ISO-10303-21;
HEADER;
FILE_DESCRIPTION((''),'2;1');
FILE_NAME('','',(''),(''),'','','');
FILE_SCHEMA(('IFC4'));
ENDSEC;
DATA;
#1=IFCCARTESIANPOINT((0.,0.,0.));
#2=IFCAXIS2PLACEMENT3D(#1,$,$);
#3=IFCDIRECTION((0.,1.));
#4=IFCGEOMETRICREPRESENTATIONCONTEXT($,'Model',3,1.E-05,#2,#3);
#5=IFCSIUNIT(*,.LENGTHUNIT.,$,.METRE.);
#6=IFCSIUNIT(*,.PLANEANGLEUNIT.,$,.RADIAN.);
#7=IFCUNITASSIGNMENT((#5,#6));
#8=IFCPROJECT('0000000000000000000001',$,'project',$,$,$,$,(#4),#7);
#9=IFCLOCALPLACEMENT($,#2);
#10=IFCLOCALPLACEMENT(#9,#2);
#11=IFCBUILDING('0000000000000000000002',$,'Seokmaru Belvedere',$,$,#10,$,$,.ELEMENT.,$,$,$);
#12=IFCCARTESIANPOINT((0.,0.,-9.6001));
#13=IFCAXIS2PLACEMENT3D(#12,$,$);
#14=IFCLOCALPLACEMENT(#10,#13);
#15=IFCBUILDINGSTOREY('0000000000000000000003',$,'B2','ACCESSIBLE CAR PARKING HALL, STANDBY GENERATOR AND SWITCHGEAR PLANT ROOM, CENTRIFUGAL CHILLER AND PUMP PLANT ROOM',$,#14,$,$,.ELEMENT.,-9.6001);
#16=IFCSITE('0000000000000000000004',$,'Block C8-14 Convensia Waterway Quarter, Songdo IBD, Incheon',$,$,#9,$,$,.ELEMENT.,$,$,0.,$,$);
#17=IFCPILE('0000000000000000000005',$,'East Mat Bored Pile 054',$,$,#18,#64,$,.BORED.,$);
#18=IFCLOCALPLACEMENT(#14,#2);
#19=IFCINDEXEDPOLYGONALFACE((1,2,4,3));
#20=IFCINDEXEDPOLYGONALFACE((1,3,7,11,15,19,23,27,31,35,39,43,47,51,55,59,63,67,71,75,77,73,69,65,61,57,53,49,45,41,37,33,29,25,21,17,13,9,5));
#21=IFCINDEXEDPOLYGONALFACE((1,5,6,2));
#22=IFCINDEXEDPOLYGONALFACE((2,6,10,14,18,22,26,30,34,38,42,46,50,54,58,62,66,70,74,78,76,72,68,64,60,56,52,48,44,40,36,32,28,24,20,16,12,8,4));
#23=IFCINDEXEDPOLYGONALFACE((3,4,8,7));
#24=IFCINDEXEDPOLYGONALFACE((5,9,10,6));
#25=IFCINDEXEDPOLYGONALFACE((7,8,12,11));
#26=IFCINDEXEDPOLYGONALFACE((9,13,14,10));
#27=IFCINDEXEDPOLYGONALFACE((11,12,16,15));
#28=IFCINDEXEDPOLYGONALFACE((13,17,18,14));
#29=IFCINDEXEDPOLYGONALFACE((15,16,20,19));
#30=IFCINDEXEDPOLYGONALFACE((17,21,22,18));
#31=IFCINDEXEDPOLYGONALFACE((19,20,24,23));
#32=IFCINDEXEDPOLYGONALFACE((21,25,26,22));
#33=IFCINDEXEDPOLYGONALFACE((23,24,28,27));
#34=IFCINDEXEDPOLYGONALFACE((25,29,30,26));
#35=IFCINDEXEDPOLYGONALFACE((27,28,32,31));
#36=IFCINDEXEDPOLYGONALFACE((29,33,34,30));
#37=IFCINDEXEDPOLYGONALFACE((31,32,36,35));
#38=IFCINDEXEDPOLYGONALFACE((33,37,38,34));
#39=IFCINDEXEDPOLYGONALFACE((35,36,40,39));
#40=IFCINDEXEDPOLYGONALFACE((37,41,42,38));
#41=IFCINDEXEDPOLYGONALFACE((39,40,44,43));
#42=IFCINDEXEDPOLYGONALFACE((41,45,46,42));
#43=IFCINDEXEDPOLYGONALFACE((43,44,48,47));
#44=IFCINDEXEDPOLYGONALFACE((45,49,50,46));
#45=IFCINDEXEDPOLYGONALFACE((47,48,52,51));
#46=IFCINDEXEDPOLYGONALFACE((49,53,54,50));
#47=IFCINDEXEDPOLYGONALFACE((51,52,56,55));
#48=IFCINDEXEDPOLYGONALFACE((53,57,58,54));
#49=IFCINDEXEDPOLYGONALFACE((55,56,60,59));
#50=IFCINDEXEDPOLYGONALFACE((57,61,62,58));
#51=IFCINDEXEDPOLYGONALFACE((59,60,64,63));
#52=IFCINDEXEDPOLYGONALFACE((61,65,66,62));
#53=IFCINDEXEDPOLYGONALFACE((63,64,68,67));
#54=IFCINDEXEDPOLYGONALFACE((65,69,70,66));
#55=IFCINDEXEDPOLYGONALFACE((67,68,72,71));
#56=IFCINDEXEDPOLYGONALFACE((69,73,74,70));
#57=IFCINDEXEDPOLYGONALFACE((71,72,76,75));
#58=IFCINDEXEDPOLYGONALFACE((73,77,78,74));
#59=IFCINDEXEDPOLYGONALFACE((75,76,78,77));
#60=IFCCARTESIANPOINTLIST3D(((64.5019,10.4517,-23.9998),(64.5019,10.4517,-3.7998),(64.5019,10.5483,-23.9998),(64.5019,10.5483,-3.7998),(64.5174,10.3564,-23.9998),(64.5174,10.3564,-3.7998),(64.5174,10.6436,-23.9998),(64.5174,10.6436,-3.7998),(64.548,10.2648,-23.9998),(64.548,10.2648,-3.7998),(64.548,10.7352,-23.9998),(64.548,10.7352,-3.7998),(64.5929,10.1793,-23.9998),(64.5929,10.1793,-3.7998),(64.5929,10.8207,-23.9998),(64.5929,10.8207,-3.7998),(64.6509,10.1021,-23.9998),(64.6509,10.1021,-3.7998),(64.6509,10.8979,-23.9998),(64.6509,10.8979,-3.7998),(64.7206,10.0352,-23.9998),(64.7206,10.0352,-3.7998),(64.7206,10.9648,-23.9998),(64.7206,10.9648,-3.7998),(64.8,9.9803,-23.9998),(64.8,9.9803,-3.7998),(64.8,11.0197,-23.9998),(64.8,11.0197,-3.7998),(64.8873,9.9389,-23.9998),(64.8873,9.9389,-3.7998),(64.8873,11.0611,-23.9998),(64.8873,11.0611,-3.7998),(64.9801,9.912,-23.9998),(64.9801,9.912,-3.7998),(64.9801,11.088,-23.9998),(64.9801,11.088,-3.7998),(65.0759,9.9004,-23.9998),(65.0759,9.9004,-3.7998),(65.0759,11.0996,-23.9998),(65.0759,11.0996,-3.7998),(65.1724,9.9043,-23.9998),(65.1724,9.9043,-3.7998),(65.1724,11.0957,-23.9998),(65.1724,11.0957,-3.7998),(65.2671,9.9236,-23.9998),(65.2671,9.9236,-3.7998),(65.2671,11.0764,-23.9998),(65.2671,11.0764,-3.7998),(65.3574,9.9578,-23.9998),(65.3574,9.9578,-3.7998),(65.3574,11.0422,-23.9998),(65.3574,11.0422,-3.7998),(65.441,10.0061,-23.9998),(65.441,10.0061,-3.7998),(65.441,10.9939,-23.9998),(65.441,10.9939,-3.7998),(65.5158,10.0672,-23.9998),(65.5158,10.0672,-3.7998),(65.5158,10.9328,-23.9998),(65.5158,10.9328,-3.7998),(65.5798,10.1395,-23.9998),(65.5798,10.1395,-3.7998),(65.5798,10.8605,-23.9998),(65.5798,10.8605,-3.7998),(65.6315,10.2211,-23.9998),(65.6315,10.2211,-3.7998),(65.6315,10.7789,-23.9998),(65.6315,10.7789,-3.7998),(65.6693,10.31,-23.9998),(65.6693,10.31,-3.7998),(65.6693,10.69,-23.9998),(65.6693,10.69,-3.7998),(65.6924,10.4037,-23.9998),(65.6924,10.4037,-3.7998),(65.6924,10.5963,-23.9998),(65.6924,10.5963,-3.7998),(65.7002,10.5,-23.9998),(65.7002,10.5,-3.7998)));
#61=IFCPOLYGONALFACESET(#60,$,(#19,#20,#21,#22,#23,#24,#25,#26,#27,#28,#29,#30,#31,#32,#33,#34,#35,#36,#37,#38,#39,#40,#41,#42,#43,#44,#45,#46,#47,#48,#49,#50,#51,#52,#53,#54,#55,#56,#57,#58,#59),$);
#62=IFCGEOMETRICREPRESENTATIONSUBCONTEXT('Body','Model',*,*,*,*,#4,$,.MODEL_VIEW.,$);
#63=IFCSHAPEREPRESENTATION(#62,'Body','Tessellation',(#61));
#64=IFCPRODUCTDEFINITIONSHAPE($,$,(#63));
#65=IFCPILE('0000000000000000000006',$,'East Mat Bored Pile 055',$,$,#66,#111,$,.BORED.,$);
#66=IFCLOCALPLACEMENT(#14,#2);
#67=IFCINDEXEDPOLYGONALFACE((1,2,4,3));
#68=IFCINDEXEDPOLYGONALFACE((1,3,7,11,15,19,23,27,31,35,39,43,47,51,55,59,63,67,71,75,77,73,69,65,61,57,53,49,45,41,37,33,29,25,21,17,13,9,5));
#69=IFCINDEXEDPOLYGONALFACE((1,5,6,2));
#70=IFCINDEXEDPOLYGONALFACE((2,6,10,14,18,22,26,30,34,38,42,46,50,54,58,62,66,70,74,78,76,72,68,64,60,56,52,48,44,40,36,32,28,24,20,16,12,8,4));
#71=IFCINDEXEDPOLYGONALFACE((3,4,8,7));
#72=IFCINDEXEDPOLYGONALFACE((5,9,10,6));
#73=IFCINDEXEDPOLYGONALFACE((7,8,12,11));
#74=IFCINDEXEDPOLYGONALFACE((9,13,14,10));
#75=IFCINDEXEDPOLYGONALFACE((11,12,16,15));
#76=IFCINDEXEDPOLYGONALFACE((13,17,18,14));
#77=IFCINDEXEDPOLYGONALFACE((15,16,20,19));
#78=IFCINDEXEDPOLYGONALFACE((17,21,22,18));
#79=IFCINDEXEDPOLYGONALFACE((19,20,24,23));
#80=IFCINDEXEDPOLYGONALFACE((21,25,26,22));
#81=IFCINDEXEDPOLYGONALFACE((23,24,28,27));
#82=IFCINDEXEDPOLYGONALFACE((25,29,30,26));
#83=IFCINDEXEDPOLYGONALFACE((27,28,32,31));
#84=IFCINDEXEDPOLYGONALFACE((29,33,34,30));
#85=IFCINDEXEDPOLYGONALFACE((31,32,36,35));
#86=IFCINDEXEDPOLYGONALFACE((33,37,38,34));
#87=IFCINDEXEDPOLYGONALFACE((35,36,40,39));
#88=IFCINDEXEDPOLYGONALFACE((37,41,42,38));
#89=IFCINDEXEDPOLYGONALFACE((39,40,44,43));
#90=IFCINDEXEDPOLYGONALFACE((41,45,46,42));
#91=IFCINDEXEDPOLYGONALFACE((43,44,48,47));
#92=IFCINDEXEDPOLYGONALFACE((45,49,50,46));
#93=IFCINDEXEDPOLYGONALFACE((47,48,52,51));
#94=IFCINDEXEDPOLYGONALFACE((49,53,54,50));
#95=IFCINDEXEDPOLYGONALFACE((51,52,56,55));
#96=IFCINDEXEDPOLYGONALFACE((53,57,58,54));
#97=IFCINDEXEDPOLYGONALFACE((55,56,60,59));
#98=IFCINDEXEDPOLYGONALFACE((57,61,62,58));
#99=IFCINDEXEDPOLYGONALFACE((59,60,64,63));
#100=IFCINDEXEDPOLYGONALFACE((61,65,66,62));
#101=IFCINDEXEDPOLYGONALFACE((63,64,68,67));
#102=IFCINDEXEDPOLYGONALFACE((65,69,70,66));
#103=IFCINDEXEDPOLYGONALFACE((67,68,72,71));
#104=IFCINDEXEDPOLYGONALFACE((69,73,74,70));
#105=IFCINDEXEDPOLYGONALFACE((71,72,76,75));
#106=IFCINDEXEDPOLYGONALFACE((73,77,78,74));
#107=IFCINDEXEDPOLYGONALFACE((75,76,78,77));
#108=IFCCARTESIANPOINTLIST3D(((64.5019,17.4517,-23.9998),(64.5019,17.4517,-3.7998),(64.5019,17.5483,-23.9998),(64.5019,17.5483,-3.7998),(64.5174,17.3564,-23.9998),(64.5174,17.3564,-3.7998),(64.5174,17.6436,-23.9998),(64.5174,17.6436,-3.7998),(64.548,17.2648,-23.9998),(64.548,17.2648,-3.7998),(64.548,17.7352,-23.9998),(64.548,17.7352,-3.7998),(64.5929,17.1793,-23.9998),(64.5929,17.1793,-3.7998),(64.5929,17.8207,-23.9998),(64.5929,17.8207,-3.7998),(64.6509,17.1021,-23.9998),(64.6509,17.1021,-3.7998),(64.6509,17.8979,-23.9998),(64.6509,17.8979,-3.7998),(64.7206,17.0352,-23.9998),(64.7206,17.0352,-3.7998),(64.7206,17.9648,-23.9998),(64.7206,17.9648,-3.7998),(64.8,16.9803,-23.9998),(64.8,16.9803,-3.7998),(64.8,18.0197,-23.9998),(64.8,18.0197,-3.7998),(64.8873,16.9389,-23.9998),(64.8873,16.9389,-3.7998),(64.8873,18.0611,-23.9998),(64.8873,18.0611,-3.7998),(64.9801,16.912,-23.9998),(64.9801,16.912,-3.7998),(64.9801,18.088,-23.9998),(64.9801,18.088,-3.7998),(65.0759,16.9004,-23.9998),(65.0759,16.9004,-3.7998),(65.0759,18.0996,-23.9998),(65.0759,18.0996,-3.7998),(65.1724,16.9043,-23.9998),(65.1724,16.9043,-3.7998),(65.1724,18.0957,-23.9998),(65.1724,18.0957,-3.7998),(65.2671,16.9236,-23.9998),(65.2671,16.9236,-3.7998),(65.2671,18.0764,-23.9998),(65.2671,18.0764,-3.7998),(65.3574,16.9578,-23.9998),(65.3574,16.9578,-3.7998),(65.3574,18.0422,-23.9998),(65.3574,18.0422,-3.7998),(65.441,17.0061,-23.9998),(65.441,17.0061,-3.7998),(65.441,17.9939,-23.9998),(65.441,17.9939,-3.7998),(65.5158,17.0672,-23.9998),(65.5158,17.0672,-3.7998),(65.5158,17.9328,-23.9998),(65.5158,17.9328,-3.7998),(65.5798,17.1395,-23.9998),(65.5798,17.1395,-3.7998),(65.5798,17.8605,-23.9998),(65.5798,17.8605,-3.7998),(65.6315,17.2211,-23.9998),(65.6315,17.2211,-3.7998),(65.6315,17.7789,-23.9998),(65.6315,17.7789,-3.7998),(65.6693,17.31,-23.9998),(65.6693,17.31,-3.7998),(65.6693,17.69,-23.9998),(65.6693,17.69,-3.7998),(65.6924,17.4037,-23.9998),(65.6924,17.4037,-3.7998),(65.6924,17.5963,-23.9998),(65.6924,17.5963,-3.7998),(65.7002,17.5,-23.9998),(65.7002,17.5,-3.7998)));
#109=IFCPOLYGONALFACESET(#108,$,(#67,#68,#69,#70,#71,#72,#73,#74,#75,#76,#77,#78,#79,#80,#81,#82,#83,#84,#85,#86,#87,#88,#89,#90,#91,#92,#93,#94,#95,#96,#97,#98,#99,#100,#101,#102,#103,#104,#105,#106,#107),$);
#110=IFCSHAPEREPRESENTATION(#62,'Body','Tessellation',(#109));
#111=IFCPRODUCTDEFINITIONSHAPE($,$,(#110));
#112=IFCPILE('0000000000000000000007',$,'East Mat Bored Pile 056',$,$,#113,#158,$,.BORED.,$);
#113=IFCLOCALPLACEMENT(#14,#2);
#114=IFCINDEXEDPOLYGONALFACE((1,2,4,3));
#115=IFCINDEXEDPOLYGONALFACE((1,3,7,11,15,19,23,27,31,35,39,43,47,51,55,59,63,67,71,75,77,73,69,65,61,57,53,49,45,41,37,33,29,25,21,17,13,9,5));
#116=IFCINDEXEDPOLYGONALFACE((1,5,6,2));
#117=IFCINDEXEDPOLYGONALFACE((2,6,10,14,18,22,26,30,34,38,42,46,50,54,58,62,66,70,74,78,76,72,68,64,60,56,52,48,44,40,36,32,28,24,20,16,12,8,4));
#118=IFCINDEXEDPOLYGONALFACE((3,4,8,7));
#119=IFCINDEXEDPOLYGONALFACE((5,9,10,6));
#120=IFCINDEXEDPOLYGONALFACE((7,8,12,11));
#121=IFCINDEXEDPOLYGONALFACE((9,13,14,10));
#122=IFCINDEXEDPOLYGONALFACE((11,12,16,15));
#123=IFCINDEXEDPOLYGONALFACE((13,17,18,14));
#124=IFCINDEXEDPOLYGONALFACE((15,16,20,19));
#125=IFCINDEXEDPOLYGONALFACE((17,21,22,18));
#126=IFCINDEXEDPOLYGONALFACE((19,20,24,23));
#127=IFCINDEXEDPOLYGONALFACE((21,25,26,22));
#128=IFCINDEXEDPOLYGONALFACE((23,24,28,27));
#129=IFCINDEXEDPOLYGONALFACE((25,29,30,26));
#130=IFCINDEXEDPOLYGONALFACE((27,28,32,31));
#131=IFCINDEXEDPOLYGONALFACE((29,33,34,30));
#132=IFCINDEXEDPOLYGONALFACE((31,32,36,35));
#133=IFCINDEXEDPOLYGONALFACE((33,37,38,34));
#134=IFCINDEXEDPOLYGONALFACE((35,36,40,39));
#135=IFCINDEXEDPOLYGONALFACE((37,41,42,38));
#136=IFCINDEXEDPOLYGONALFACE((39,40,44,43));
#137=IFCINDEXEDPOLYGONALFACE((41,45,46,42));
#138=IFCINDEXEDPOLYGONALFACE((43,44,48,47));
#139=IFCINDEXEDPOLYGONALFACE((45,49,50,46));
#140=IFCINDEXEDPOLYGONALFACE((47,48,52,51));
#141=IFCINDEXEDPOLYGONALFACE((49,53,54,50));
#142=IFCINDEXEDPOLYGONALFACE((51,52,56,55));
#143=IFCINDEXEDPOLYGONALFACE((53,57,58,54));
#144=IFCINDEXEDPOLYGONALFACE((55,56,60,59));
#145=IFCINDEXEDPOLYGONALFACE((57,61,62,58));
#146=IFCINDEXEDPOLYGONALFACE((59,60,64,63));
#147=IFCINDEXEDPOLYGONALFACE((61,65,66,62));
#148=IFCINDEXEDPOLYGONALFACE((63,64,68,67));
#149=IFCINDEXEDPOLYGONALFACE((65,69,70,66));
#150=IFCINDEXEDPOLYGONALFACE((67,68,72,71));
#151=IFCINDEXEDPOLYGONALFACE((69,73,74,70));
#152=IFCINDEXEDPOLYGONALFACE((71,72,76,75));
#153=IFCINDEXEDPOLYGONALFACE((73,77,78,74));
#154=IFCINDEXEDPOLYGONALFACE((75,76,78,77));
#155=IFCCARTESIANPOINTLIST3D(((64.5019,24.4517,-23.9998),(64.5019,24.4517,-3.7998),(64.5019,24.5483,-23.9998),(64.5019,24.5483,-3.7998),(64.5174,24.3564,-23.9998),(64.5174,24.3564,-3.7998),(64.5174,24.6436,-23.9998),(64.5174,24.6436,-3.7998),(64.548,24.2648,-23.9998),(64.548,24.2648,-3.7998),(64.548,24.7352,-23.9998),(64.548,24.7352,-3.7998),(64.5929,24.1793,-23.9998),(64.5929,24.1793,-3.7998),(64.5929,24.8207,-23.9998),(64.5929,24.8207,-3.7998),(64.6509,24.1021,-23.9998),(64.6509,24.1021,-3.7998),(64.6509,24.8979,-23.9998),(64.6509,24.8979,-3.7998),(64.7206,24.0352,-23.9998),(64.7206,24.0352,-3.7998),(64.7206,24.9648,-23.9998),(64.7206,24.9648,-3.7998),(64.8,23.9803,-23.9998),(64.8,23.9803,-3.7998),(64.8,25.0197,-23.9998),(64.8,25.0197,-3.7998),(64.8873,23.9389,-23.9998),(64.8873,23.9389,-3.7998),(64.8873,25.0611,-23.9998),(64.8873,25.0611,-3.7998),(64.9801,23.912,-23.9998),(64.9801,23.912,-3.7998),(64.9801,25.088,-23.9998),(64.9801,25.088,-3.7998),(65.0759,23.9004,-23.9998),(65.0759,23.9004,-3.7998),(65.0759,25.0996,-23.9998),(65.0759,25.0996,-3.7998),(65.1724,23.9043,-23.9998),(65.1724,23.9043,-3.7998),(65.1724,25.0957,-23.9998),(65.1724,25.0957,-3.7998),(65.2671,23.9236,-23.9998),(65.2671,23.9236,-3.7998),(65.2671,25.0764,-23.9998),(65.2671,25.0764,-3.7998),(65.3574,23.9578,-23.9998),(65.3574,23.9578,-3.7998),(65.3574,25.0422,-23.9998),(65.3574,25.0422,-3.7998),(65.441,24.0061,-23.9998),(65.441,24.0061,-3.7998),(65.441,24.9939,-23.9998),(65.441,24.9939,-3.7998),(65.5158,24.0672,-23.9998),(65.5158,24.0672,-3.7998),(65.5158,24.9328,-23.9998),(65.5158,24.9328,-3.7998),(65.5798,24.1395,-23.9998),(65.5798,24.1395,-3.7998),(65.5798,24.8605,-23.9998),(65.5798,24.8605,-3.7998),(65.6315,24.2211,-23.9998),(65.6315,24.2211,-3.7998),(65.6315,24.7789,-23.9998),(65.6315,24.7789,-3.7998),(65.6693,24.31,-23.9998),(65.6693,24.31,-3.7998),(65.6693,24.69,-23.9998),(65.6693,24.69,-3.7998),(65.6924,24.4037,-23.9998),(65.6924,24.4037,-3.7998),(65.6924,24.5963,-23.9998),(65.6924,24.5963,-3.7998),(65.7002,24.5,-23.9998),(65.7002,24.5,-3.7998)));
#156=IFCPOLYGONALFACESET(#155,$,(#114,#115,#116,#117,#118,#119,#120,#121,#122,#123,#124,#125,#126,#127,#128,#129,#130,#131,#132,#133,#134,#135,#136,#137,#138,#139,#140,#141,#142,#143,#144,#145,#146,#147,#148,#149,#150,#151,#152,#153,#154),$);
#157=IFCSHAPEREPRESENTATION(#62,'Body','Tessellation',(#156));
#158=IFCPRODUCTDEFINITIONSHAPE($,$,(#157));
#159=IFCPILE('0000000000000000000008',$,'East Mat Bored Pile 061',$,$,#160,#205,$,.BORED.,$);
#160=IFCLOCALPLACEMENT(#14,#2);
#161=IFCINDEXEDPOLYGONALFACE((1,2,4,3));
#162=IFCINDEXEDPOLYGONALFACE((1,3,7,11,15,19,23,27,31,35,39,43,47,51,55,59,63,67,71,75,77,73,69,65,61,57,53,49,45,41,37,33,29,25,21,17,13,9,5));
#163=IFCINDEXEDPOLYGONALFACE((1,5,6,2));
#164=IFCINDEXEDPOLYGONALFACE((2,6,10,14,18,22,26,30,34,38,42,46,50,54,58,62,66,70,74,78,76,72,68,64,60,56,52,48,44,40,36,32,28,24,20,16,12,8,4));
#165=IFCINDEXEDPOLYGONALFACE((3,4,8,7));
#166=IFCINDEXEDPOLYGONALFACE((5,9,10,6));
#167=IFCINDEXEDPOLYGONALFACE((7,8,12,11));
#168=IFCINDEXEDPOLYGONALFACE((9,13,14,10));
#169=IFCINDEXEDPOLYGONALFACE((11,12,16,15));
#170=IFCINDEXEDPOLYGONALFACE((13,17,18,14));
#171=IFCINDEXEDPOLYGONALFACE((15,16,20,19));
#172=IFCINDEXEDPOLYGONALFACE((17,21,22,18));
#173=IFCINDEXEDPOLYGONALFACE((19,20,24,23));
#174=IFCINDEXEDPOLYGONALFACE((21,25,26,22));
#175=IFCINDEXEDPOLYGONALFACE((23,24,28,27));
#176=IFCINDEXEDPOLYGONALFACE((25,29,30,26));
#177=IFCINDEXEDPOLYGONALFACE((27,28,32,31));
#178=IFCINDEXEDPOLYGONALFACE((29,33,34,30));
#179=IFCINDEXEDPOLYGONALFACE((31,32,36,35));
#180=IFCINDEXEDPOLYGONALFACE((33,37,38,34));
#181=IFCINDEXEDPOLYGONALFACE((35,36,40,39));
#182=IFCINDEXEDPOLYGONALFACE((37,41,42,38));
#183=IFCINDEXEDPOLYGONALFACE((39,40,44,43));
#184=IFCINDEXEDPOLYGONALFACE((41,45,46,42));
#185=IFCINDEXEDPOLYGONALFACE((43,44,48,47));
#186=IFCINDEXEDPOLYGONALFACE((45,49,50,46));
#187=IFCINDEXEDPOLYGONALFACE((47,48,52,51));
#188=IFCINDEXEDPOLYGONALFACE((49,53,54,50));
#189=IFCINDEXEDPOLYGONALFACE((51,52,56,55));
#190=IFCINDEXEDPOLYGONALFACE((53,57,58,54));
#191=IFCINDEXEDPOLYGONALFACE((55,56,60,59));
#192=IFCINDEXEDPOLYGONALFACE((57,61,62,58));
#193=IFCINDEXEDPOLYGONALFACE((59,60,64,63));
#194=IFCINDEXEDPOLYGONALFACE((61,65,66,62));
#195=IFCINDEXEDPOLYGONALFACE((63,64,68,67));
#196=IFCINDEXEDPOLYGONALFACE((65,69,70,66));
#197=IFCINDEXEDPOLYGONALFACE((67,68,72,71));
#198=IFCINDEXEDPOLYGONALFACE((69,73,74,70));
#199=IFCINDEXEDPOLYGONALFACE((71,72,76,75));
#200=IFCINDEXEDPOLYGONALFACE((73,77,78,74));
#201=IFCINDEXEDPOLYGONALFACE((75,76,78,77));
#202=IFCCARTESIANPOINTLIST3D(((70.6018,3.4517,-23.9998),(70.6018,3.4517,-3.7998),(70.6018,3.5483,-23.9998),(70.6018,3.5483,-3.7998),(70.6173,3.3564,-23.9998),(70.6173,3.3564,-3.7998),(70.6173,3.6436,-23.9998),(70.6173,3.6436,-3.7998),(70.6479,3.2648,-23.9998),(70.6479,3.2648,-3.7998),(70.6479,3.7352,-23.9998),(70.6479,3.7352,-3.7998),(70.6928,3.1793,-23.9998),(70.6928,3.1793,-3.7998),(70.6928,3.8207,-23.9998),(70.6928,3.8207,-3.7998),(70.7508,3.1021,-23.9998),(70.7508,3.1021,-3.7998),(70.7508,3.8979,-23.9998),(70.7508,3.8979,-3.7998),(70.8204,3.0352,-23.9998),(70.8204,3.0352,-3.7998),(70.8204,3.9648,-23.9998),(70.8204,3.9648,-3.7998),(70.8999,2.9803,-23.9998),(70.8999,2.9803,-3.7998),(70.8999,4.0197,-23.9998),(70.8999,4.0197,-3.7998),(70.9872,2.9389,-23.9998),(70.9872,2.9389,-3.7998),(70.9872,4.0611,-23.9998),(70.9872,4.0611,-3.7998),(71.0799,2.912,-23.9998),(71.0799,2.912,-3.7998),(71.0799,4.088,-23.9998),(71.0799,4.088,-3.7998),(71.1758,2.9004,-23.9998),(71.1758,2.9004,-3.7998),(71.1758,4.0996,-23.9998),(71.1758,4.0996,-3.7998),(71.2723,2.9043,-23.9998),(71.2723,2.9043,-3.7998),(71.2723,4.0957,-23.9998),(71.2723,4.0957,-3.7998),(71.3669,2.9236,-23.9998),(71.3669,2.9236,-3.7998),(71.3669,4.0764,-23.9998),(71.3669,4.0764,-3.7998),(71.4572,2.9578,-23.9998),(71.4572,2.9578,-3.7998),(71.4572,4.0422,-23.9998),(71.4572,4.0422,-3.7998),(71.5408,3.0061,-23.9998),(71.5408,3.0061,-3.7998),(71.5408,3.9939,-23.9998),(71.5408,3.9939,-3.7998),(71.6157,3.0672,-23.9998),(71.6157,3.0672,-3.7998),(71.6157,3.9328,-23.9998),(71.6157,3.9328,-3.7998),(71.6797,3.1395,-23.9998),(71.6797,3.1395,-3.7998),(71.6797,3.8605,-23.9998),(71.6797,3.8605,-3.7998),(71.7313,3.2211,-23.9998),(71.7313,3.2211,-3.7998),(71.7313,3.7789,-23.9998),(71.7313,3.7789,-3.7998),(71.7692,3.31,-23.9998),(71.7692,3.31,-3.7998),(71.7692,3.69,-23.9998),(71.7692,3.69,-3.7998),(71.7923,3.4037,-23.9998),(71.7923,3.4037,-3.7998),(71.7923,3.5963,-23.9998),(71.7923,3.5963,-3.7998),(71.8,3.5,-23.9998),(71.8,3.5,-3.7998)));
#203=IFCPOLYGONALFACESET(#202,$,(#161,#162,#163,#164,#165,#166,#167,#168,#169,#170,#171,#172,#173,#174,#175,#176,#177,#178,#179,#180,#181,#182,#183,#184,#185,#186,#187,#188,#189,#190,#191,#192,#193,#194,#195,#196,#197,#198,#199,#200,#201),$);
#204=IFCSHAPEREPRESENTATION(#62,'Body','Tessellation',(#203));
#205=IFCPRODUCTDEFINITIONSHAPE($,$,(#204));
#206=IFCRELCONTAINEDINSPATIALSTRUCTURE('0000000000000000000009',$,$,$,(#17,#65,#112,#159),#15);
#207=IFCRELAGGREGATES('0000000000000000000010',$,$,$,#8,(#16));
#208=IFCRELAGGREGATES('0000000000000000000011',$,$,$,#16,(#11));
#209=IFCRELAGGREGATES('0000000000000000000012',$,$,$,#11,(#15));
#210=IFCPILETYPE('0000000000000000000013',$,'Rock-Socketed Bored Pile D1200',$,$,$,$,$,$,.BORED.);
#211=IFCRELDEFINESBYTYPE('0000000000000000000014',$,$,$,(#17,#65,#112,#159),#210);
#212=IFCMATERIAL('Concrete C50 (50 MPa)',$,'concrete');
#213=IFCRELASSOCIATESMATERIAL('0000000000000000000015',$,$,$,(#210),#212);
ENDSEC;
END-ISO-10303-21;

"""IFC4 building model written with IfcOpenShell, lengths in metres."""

from ifc_helpers import new_model, si_unit, direction, frame, origin, origin_2d, place, context, subcontext, project, spatial, circle, extrude, source, transform, mapped, material, material_profile, profile_set, type_object, type_shapes, element, save


model = new_model("IFC4")

# Units and contexts
model_context = context("Model", 3, precision=1e-05, world=origin(), true_north=direction((0.0, 1.0)))
body_context = subcontext(model_context, "Body", "Model", "MODEL_VIEW")
ifc_project = project(units=[si_unit("LENGTHUNIT", "METRE"), si_unit("PLANEANGLEUNIT", "RADIAN")], contexts=[model_context])

# Site, building, storey
site_placement = place(None, origin())
site = spatial("IfcSite", under=ifc_project, at=site_placement, Name="Block C8-14 Convensia Waterway Quarter, Songdo IBD, Incheon", CompositionType="ELEMENT", RefElevation=0.0)
building_placement = place(site_placement, origin())
building = spatial("IfcBuilding", under=site, at=building_placement, Name="Seokmaru Belvedere", CompositionType="ELEMENT")
storey_placement = place(building_placement, frame((0.0, 0.0, -9.6001)))
storey = spatial("IfcBuildingStorey", under=building, at=storey_placement, Name="B2", Description="ACCESSIBLE CAR PARKING HALL, STANDBY GENERATOR AND SWITCHGEAR PLANT ROOM, CENTRIFUGAL CHILLER AND PUMP PLANT ROOM", CompositionType="ELEMENT", Elevation=-9.6001)

# Piles
ifc_material_1 = material(Name="Concrete C50 (50 MPa)", Category="concrete")
ifc_material_profile_1 = material_profile(ifc_material_1, circle(Radius=0.6001, at=origin_2d()), Name="PILE-D1200")
ifc_profile_set_1 = profile_set([ifc_material_profile_1], Name="Concrete C50 (50 MPa)")
pile_type_1 = type_object("IfcPileType", Name="Rock-Socketed Bored Pile D1200", PredefinedType="BORED", material=ifc_profile_set_1)
shared_shape_1 = source(origin(), body_context, "Body", "SweptSolid", [
    extrude(circle(Radius=0.6001, at=origin_2d()), origin(), (0.0, 0.0, 1.0), 20.2),
])
type_shapes(pile_type_1, [shared_shape_1])
for number, where, z_axis, x_axis, name in (
    (1, (65.1001, 10.5, -3.7998), (0.0, 0.0, -1.0), (1.0, 0.0, 0.0), "East Mat Bored Pile 054"),
    (2, (65.1001, 17.5, -3.7998), (0.0, 0.0, -1.0), (1.0, 0.0, 0.0), "East Mat Bored Pile 055"),
    (3, (65.1001, 24.5, -3.7998), (0.0, 0.0, -1.0), (1.0, 0.0, 0.0), "East Mat Bored Pile 056"),
    (4, (71.2, 3.5, -3.7998), (0.0, 0.0, -1.0), (1.0, 0.0, 0.0), "East Mat Bored Pile 061"),
):
    element("IfcPile", number, at=place(storey_placement, frame(where, z_axis=z_axis, x_axis=x_axis)), inside=storey, type_object=pile_type_1, Name=name, PredefinedType="BORED", context=body_context, shape_type="MappedRepresentation", body=[
        mapped(shared_shape_1, transform((0.0, 0.0, 0.0), scale=1.0)),
    ])

save(model, "model.ifc")
